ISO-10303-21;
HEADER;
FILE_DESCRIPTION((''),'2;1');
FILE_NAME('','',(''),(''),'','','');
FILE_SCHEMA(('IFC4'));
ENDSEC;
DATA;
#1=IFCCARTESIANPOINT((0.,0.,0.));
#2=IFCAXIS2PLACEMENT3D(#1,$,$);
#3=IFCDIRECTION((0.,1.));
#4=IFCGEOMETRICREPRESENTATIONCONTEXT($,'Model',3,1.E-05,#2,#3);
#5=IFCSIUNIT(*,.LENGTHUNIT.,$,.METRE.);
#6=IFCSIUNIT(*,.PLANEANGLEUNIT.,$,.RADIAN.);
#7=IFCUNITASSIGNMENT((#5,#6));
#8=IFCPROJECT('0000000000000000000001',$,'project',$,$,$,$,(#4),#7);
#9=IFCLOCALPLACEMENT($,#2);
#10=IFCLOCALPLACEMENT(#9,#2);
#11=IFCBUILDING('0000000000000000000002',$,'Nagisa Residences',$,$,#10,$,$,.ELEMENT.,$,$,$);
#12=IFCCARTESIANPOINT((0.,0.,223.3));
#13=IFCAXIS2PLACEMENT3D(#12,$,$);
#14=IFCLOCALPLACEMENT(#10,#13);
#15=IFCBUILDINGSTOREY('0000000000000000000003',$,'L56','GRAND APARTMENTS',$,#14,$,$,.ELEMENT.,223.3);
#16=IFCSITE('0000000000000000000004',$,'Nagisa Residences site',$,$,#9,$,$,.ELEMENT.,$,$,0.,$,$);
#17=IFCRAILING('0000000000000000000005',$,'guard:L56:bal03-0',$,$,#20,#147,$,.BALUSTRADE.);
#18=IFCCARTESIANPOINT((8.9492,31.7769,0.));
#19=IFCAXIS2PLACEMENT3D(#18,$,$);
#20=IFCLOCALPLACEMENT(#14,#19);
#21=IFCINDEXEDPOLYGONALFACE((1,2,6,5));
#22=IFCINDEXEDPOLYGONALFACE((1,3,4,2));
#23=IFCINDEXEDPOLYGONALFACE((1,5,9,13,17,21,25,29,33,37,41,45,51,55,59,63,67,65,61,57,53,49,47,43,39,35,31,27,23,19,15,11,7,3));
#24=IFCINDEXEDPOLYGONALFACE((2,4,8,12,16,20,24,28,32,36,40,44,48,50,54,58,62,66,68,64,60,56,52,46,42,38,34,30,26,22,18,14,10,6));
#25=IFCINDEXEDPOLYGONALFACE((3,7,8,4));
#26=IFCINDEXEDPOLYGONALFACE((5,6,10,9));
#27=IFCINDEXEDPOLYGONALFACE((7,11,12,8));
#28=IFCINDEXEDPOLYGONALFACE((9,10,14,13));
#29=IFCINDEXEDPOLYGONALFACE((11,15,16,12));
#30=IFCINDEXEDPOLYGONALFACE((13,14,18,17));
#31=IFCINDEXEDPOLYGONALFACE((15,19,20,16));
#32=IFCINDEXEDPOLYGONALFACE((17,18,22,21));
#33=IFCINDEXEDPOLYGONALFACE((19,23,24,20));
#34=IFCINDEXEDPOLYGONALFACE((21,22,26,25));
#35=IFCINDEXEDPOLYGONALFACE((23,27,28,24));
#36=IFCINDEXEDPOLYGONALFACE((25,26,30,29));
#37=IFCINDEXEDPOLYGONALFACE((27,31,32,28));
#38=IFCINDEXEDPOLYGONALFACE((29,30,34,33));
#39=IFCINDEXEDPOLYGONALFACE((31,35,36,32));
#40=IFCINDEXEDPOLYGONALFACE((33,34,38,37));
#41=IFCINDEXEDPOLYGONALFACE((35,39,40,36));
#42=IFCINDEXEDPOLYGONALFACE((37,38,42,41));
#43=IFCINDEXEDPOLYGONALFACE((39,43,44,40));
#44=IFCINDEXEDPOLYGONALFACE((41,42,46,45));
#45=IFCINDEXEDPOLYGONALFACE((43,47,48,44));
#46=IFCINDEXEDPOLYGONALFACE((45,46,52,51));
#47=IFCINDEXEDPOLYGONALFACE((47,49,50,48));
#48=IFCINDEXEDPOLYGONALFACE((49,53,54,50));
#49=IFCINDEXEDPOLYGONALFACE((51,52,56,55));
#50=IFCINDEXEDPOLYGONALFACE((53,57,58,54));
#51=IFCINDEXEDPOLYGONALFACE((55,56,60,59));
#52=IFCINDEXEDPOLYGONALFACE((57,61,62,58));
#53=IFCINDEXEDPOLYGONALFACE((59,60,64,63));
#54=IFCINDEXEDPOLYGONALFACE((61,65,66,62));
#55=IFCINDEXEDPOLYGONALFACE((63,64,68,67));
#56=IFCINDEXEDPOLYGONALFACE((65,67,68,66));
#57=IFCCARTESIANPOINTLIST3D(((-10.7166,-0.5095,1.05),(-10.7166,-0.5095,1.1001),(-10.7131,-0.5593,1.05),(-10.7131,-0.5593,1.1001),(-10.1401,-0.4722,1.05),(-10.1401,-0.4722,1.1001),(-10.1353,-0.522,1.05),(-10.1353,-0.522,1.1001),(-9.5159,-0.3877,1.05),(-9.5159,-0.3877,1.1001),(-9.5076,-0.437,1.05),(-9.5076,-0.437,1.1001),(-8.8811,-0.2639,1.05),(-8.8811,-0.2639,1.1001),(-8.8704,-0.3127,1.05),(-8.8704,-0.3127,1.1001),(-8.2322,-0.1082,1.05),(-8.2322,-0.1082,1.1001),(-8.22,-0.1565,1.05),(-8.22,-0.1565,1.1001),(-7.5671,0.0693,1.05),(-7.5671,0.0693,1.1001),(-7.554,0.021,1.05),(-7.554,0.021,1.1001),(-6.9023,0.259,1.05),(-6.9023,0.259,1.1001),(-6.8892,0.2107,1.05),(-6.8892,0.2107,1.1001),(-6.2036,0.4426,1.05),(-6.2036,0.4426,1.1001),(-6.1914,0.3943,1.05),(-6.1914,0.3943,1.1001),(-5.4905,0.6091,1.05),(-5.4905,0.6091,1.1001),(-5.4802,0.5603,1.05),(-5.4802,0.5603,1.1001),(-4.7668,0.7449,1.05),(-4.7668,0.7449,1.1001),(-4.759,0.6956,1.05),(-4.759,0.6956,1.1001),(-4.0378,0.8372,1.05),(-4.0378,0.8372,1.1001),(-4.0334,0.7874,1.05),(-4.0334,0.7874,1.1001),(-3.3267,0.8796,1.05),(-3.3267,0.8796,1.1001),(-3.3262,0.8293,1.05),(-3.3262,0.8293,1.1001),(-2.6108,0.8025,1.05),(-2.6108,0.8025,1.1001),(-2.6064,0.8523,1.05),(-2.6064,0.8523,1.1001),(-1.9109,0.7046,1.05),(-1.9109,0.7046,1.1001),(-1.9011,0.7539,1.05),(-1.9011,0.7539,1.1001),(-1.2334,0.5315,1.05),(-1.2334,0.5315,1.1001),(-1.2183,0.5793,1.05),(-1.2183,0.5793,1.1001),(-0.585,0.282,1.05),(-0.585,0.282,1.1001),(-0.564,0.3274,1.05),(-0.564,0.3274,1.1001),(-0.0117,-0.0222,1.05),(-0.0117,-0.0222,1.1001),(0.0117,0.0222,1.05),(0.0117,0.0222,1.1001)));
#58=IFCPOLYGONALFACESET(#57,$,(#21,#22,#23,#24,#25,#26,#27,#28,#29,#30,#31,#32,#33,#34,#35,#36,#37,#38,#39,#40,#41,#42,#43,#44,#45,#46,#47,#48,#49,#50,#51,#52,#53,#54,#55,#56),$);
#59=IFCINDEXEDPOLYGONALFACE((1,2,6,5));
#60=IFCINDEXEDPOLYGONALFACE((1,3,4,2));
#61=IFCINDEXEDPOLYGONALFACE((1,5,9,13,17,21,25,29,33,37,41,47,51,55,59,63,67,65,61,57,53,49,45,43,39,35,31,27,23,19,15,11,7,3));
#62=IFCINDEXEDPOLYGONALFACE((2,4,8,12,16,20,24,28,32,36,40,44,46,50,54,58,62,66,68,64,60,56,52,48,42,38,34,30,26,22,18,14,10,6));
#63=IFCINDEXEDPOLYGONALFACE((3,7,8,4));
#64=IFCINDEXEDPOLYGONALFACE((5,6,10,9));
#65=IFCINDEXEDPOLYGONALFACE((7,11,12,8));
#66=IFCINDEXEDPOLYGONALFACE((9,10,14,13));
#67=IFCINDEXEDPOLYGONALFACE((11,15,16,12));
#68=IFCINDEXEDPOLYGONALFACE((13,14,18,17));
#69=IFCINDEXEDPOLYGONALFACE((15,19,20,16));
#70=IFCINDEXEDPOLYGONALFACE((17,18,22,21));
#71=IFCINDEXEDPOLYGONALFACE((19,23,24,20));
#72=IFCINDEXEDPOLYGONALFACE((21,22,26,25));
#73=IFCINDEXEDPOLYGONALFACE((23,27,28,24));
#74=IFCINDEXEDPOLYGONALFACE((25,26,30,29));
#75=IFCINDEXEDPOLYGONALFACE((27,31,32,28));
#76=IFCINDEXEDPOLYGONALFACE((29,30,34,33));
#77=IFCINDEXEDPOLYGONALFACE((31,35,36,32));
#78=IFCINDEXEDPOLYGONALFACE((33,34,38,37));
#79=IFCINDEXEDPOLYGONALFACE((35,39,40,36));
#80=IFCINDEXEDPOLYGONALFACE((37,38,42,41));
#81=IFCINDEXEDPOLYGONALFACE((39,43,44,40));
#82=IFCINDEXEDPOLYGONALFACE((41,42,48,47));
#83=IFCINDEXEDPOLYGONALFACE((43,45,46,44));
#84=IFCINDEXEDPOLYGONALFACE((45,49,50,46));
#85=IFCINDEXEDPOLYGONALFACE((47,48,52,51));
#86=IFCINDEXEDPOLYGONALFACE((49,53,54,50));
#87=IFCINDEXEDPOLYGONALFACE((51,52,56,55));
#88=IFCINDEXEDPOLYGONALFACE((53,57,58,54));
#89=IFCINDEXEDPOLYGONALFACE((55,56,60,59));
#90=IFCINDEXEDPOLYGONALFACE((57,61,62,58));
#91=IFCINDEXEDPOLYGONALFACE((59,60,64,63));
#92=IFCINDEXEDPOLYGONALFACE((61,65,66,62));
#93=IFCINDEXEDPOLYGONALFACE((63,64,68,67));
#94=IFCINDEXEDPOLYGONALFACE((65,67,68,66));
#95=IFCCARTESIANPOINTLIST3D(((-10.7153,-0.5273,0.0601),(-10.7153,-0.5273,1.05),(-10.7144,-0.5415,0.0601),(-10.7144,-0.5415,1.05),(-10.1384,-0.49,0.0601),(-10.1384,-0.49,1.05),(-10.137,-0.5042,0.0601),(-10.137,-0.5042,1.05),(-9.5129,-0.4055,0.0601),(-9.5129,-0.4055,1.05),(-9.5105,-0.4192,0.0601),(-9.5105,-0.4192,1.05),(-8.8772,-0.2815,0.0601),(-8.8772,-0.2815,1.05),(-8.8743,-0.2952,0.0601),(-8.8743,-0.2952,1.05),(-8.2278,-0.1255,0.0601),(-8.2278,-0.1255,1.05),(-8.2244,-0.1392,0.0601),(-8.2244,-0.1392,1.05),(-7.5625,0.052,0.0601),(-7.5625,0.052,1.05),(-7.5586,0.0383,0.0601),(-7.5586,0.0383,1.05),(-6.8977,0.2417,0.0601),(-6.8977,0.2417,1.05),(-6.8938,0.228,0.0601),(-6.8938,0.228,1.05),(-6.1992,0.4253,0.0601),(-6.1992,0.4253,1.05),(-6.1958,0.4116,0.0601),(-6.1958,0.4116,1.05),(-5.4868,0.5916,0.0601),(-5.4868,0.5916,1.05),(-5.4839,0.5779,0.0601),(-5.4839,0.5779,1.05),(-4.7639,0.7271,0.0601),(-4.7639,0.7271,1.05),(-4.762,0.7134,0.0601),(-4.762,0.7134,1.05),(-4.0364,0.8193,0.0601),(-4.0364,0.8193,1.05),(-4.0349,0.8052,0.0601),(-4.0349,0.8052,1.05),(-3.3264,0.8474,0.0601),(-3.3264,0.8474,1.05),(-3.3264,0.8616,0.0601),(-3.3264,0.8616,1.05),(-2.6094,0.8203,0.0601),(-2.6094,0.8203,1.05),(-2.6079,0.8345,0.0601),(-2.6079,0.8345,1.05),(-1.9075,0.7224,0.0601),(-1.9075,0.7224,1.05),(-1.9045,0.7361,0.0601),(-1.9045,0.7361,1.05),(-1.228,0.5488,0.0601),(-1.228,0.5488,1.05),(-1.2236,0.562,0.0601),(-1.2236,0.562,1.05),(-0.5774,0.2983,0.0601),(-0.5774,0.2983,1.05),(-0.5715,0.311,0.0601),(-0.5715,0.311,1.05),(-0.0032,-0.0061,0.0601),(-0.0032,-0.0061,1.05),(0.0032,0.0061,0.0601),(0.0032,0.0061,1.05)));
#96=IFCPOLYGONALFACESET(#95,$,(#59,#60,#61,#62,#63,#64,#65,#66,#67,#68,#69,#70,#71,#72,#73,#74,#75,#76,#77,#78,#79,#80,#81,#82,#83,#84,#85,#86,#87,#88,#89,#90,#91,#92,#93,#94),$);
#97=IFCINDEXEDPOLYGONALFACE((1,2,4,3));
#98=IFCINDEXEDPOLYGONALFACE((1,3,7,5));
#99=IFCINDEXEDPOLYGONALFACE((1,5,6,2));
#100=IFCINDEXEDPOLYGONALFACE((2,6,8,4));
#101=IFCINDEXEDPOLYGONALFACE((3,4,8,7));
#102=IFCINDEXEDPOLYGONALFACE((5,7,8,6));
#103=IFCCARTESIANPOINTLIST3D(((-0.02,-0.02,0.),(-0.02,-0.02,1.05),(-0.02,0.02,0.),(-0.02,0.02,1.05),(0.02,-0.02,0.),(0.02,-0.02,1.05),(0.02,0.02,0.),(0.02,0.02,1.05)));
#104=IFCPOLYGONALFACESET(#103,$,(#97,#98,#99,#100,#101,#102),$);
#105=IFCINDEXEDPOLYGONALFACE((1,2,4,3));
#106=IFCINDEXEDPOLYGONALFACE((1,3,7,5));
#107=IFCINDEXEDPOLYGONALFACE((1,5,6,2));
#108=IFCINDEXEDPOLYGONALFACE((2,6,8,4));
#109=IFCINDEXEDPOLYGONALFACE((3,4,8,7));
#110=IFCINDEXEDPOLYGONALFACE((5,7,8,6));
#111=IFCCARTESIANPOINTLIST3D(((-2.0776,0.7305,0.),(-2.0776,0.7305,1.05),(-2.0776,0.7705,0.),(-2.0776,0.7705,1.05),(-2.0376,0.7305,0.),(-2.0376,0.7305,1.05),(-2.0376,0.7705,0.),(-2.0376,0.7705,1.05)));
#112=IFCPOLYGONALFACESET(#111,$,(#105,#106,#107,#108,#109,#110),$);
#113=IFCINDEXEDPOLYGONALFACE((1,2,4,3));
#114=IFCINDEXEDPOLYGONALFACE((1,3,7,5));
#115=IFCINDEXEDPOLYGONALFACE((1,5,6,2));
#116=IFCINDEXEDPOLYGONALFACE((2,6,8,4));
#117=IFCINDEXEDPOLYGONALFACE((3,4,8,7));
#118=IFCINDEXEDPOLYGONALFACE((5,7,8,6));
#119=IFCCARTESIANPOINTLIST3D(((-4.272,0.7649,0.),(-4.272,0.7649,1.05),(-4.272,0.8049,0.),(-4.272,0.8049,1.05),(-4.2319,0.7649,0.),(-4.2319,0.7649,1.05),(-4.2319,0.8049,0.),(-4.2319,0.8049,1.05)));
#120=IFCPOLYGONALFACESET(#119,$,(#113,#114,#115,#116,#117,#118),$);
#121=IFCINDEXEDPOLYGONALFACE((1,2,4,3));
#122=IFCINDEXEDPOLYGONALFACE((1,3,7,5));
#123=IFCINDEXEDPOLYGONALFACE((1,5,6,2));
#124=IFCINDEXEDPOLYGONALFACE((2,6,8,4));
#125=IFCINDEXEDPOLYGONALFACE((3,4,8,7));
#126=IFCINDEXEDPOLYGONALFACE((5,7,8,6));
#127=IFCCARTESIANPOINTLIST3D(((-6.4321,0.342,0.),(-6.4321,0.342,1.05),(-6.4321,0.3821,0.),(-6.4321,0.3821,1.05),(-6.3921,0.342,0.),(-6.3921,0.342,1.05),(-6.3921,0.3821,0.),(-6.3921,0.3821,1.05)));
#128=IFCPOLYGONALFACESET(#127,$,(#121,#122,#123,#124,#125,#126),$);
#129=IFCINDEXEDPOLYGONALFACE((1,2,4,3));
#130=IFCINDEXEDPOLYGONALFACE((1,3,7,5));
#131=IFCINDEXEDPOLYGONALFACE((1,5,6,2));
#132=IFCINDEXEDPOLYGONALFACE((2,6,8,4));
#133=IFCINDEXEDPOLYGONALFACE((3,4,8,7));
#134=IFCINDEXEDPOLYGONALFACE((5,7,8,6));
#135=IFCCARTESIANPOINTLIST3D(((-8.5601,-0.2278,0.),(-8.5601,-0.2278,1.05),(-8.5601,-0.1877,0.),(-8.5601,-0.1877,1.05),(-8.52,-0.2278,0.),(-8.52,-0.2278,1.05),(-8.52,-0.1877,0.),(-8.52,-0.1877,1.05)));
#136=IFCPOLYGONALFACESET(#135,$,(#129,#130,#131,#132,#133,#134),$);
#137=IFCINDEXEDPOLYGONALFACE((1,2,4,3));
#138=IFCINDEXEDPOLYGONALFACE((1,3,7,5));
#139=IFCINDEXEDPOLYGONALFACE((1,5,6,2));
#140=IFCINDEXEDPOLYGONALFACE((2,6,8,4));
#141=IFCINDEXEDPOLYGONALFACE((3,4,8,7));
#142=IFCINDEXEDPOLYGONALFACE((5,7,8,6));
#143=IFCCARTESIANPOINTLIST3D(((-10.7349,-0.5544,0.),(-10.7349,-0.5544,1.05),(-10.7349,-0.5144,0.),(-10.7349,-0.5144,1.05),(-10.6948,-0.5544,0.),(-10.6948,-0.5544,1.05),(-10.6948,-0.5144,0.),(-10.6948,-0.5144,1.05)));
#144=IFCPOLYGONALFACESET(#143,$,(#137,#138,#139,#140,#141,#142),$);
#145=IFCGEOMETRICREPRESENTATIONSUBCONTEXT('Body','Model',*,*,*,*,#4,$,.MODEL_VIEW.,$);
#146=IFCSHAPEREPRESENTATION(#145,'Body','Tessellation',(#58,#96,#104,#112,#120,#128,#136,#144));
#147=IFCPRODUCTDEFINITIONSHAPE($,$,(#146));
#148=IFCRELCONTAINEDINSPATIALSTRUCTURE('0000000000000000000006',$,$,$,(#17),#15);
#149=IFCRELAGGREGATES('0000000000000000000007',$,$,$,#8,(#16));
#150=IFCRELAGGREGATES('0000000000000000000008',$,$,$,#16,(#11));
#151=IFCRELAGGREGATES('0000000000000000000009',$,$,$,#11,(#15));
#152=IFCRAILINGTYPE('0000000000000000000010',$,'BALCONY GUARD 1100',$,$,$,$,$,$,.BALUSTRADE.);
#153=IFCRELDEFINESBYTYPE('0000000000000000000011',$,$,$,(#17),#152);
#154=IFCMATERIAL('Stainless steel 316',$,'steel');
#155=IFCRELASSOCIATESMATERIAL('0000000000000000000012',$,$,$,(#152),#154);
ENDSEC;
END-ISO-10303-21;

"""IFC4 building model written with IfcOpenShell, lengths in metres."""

from ifc_helpers import new_model, si_unit, direction, frame, origin, origin_2d, place, context, subcontext, project, spatial, polyline, rectangle, outline, extrude, material, type_object, element, save


model = new_model("IFC4")

# Units and contexts
model_context = context("Model", 3, precision=1e-05, world=origin(), true_north=direction((0.0, 1.0)))
body_context = subcontext(model_context, "Body", "Model", "MODEL_VIEW")
ifc_project = project(units=[si_unit("LENGTHUNIT", "METRE"), si_unit("PLANEANGLEUNIT", "RADIAN")], contexts=[model_context])

# Site, building, storey
site_placement = place(None, origin())
site = spatial("IfcSite", under=ifc_project, at=site_placement, Name="Nagisa Residences site", CompositionType="ELEMENT", RefElevation=0.0)
building_placement = place(site_placement, origin())
building = spatial("IfcBuilding", under=site, at=building_placement, Name="Nagisa Residences", CompositionType="ELEMENT")
storey_placement = place(building_placement, frame((0.0, 0.0, 223.3)))
storey = spatial("IfcBuildingStorey", under=building, at=storey_placement, Name="L56", Description="GRAND APARTMENTS", CompositionType="ELEMENT", Elevation=223.3)

# Railing
ifc_material_1 = material(Name="Stainless steel 316", Category="steel")
railing_type = type_object("IfcRailingType", Name="BALCONY GUARD 1100", PredefinedType="BALUSTRADE", material=ifc_material_1)
railing_placement = place(storey_placement, frame((8.9492, 31.7769, 0.0)))
element("IfcRailing", 1, at=railing_placement, inside=storey, type_object=railing_type, Name="guard:L56:bal03-0", PredefinedType="BALUSTRADE", context=body_context, shape_type="SweptSolid", body=[
    extrude(outline(polyline([(-0.585, 0.282), (-0.0117, -0.0222), (0.0117, 0.0222), (-0.564, 0.3274), (-1.2183, 0.5793), (-1.9011, 0.7539), (-2.6064, 0.8523), (-3.3267, 0.8796), (-4.0378, 0.8372), (-4.7668, 0.7449), (-5.4905, 0.6091), (-6.2036, 0.4426), (-6.9023, 0.259), (-7.5671, 0.0693), (-8.2322, -0.1082), (-8.8811, -0.2639), (-9.5159, -0.3877), (-10.1401, -0.4722), (-10.7166, -0.5095), (-10.7131, -0.5593), (-10.1353, -0.522), (-9.5076, -0.437), (-8.8704, -0.3127), (-8.22, -0.1565), (-7.554, 0.021), (-6.8892, 0.2107), (-6.1914, 0.3943), (-5.4802, 0.5603), (-4.759, 0.6956), (-4.0334, 0.7874), (-3.3262, 0.8293), (-2.6108, 0.8025), (-1.9109, 0.7046), (-1.2334, 0.5315), (-0.585, 0.282)])), frame((0.0, 0.0, 1.05)), (0.0, 0.0, 1.0), 0.05),
    extrude(outline(polyline([(-0.5774, 0.2983), (-0.0032, -0.0061), (0.0032, 0.0061), (-0.5715, 0.311), (-1.2236, 0.562), (-1.9045, 0.7361), (-2.6079, 0.8345), (-3.3264, 0.8616), (-4.0364, 0.8193), (-4.7639, 0.7271), (-5.4868, 0.5916), (-6.1992, 0.4253), (-6.8977, 0.2417), (-7.5625, 0.052), (-8.2278, -0.1255), (-8.8772, -0.2815), (-9.5129, -0.4055), (-10.1384, -0.49), (-10.7153, -0.5273), (-10.7144, -0.5415), (-10.137, -0.5042), (-9.5105, -0.4192), (-8.8743, -0.2952), (-8.2244, -0.1392), (-7.5586, 0.0383), (-6.8938, 0.228), (-6.1958, 0.4116), (-5.4839, 0.5779), (-4.762, 0.7134), (-4.0349, 0.8052), (-3.3264, 0.8474), (-2.6094, 0.8203), (-1.9075, 0.7224), (-1.228, 0.5488), (-0.5774, 0.2983)])), frame((0.0, 0.0, 0.0601)), (0.0, 0.0, 1.0), 0.99),
    extrude(rectangle(XDim=0.04, YDim=0.04, at=origin_2d()), origin(), (0.0, 0.0, 1.0), 1.05),
    extrude(rectangle(XDim=0.04, YDim=0.04, at=origin_2d()), frame((-2.0576, 0.7505, 0.0)), (0.0, 0.0, 1.0), 1.05),
    extrude(rectangle(XDim=0.04, YDim=0.04, at=origin_2d()), frame((-4.252, 0.7849, 0.0)), (0.0, 0.0, 1.0), 1.05),
    extrude(rectangle(XDim=0.04, YDim=0.04, at=origin_2d()), frame((-6.4121, 0.3621, 0.0)), (0.0, 0.0, 1.0), 1.05),
    extrude(rectangle(XDim=0.04, YDim=0.04, at=origin_2d()), frame((-8.54, -0.2078, 0.0)), (0.0, 0.0, 1.0), 1.05),
    extrude(rectangle(XDim=0.04, YDim=0.04, at=origin_2d()), frame((-10.7148, -0.5344, 0.0)), (0.0, 0.0, 1.0), 1.05),
])

save(model, "model.ifc")
